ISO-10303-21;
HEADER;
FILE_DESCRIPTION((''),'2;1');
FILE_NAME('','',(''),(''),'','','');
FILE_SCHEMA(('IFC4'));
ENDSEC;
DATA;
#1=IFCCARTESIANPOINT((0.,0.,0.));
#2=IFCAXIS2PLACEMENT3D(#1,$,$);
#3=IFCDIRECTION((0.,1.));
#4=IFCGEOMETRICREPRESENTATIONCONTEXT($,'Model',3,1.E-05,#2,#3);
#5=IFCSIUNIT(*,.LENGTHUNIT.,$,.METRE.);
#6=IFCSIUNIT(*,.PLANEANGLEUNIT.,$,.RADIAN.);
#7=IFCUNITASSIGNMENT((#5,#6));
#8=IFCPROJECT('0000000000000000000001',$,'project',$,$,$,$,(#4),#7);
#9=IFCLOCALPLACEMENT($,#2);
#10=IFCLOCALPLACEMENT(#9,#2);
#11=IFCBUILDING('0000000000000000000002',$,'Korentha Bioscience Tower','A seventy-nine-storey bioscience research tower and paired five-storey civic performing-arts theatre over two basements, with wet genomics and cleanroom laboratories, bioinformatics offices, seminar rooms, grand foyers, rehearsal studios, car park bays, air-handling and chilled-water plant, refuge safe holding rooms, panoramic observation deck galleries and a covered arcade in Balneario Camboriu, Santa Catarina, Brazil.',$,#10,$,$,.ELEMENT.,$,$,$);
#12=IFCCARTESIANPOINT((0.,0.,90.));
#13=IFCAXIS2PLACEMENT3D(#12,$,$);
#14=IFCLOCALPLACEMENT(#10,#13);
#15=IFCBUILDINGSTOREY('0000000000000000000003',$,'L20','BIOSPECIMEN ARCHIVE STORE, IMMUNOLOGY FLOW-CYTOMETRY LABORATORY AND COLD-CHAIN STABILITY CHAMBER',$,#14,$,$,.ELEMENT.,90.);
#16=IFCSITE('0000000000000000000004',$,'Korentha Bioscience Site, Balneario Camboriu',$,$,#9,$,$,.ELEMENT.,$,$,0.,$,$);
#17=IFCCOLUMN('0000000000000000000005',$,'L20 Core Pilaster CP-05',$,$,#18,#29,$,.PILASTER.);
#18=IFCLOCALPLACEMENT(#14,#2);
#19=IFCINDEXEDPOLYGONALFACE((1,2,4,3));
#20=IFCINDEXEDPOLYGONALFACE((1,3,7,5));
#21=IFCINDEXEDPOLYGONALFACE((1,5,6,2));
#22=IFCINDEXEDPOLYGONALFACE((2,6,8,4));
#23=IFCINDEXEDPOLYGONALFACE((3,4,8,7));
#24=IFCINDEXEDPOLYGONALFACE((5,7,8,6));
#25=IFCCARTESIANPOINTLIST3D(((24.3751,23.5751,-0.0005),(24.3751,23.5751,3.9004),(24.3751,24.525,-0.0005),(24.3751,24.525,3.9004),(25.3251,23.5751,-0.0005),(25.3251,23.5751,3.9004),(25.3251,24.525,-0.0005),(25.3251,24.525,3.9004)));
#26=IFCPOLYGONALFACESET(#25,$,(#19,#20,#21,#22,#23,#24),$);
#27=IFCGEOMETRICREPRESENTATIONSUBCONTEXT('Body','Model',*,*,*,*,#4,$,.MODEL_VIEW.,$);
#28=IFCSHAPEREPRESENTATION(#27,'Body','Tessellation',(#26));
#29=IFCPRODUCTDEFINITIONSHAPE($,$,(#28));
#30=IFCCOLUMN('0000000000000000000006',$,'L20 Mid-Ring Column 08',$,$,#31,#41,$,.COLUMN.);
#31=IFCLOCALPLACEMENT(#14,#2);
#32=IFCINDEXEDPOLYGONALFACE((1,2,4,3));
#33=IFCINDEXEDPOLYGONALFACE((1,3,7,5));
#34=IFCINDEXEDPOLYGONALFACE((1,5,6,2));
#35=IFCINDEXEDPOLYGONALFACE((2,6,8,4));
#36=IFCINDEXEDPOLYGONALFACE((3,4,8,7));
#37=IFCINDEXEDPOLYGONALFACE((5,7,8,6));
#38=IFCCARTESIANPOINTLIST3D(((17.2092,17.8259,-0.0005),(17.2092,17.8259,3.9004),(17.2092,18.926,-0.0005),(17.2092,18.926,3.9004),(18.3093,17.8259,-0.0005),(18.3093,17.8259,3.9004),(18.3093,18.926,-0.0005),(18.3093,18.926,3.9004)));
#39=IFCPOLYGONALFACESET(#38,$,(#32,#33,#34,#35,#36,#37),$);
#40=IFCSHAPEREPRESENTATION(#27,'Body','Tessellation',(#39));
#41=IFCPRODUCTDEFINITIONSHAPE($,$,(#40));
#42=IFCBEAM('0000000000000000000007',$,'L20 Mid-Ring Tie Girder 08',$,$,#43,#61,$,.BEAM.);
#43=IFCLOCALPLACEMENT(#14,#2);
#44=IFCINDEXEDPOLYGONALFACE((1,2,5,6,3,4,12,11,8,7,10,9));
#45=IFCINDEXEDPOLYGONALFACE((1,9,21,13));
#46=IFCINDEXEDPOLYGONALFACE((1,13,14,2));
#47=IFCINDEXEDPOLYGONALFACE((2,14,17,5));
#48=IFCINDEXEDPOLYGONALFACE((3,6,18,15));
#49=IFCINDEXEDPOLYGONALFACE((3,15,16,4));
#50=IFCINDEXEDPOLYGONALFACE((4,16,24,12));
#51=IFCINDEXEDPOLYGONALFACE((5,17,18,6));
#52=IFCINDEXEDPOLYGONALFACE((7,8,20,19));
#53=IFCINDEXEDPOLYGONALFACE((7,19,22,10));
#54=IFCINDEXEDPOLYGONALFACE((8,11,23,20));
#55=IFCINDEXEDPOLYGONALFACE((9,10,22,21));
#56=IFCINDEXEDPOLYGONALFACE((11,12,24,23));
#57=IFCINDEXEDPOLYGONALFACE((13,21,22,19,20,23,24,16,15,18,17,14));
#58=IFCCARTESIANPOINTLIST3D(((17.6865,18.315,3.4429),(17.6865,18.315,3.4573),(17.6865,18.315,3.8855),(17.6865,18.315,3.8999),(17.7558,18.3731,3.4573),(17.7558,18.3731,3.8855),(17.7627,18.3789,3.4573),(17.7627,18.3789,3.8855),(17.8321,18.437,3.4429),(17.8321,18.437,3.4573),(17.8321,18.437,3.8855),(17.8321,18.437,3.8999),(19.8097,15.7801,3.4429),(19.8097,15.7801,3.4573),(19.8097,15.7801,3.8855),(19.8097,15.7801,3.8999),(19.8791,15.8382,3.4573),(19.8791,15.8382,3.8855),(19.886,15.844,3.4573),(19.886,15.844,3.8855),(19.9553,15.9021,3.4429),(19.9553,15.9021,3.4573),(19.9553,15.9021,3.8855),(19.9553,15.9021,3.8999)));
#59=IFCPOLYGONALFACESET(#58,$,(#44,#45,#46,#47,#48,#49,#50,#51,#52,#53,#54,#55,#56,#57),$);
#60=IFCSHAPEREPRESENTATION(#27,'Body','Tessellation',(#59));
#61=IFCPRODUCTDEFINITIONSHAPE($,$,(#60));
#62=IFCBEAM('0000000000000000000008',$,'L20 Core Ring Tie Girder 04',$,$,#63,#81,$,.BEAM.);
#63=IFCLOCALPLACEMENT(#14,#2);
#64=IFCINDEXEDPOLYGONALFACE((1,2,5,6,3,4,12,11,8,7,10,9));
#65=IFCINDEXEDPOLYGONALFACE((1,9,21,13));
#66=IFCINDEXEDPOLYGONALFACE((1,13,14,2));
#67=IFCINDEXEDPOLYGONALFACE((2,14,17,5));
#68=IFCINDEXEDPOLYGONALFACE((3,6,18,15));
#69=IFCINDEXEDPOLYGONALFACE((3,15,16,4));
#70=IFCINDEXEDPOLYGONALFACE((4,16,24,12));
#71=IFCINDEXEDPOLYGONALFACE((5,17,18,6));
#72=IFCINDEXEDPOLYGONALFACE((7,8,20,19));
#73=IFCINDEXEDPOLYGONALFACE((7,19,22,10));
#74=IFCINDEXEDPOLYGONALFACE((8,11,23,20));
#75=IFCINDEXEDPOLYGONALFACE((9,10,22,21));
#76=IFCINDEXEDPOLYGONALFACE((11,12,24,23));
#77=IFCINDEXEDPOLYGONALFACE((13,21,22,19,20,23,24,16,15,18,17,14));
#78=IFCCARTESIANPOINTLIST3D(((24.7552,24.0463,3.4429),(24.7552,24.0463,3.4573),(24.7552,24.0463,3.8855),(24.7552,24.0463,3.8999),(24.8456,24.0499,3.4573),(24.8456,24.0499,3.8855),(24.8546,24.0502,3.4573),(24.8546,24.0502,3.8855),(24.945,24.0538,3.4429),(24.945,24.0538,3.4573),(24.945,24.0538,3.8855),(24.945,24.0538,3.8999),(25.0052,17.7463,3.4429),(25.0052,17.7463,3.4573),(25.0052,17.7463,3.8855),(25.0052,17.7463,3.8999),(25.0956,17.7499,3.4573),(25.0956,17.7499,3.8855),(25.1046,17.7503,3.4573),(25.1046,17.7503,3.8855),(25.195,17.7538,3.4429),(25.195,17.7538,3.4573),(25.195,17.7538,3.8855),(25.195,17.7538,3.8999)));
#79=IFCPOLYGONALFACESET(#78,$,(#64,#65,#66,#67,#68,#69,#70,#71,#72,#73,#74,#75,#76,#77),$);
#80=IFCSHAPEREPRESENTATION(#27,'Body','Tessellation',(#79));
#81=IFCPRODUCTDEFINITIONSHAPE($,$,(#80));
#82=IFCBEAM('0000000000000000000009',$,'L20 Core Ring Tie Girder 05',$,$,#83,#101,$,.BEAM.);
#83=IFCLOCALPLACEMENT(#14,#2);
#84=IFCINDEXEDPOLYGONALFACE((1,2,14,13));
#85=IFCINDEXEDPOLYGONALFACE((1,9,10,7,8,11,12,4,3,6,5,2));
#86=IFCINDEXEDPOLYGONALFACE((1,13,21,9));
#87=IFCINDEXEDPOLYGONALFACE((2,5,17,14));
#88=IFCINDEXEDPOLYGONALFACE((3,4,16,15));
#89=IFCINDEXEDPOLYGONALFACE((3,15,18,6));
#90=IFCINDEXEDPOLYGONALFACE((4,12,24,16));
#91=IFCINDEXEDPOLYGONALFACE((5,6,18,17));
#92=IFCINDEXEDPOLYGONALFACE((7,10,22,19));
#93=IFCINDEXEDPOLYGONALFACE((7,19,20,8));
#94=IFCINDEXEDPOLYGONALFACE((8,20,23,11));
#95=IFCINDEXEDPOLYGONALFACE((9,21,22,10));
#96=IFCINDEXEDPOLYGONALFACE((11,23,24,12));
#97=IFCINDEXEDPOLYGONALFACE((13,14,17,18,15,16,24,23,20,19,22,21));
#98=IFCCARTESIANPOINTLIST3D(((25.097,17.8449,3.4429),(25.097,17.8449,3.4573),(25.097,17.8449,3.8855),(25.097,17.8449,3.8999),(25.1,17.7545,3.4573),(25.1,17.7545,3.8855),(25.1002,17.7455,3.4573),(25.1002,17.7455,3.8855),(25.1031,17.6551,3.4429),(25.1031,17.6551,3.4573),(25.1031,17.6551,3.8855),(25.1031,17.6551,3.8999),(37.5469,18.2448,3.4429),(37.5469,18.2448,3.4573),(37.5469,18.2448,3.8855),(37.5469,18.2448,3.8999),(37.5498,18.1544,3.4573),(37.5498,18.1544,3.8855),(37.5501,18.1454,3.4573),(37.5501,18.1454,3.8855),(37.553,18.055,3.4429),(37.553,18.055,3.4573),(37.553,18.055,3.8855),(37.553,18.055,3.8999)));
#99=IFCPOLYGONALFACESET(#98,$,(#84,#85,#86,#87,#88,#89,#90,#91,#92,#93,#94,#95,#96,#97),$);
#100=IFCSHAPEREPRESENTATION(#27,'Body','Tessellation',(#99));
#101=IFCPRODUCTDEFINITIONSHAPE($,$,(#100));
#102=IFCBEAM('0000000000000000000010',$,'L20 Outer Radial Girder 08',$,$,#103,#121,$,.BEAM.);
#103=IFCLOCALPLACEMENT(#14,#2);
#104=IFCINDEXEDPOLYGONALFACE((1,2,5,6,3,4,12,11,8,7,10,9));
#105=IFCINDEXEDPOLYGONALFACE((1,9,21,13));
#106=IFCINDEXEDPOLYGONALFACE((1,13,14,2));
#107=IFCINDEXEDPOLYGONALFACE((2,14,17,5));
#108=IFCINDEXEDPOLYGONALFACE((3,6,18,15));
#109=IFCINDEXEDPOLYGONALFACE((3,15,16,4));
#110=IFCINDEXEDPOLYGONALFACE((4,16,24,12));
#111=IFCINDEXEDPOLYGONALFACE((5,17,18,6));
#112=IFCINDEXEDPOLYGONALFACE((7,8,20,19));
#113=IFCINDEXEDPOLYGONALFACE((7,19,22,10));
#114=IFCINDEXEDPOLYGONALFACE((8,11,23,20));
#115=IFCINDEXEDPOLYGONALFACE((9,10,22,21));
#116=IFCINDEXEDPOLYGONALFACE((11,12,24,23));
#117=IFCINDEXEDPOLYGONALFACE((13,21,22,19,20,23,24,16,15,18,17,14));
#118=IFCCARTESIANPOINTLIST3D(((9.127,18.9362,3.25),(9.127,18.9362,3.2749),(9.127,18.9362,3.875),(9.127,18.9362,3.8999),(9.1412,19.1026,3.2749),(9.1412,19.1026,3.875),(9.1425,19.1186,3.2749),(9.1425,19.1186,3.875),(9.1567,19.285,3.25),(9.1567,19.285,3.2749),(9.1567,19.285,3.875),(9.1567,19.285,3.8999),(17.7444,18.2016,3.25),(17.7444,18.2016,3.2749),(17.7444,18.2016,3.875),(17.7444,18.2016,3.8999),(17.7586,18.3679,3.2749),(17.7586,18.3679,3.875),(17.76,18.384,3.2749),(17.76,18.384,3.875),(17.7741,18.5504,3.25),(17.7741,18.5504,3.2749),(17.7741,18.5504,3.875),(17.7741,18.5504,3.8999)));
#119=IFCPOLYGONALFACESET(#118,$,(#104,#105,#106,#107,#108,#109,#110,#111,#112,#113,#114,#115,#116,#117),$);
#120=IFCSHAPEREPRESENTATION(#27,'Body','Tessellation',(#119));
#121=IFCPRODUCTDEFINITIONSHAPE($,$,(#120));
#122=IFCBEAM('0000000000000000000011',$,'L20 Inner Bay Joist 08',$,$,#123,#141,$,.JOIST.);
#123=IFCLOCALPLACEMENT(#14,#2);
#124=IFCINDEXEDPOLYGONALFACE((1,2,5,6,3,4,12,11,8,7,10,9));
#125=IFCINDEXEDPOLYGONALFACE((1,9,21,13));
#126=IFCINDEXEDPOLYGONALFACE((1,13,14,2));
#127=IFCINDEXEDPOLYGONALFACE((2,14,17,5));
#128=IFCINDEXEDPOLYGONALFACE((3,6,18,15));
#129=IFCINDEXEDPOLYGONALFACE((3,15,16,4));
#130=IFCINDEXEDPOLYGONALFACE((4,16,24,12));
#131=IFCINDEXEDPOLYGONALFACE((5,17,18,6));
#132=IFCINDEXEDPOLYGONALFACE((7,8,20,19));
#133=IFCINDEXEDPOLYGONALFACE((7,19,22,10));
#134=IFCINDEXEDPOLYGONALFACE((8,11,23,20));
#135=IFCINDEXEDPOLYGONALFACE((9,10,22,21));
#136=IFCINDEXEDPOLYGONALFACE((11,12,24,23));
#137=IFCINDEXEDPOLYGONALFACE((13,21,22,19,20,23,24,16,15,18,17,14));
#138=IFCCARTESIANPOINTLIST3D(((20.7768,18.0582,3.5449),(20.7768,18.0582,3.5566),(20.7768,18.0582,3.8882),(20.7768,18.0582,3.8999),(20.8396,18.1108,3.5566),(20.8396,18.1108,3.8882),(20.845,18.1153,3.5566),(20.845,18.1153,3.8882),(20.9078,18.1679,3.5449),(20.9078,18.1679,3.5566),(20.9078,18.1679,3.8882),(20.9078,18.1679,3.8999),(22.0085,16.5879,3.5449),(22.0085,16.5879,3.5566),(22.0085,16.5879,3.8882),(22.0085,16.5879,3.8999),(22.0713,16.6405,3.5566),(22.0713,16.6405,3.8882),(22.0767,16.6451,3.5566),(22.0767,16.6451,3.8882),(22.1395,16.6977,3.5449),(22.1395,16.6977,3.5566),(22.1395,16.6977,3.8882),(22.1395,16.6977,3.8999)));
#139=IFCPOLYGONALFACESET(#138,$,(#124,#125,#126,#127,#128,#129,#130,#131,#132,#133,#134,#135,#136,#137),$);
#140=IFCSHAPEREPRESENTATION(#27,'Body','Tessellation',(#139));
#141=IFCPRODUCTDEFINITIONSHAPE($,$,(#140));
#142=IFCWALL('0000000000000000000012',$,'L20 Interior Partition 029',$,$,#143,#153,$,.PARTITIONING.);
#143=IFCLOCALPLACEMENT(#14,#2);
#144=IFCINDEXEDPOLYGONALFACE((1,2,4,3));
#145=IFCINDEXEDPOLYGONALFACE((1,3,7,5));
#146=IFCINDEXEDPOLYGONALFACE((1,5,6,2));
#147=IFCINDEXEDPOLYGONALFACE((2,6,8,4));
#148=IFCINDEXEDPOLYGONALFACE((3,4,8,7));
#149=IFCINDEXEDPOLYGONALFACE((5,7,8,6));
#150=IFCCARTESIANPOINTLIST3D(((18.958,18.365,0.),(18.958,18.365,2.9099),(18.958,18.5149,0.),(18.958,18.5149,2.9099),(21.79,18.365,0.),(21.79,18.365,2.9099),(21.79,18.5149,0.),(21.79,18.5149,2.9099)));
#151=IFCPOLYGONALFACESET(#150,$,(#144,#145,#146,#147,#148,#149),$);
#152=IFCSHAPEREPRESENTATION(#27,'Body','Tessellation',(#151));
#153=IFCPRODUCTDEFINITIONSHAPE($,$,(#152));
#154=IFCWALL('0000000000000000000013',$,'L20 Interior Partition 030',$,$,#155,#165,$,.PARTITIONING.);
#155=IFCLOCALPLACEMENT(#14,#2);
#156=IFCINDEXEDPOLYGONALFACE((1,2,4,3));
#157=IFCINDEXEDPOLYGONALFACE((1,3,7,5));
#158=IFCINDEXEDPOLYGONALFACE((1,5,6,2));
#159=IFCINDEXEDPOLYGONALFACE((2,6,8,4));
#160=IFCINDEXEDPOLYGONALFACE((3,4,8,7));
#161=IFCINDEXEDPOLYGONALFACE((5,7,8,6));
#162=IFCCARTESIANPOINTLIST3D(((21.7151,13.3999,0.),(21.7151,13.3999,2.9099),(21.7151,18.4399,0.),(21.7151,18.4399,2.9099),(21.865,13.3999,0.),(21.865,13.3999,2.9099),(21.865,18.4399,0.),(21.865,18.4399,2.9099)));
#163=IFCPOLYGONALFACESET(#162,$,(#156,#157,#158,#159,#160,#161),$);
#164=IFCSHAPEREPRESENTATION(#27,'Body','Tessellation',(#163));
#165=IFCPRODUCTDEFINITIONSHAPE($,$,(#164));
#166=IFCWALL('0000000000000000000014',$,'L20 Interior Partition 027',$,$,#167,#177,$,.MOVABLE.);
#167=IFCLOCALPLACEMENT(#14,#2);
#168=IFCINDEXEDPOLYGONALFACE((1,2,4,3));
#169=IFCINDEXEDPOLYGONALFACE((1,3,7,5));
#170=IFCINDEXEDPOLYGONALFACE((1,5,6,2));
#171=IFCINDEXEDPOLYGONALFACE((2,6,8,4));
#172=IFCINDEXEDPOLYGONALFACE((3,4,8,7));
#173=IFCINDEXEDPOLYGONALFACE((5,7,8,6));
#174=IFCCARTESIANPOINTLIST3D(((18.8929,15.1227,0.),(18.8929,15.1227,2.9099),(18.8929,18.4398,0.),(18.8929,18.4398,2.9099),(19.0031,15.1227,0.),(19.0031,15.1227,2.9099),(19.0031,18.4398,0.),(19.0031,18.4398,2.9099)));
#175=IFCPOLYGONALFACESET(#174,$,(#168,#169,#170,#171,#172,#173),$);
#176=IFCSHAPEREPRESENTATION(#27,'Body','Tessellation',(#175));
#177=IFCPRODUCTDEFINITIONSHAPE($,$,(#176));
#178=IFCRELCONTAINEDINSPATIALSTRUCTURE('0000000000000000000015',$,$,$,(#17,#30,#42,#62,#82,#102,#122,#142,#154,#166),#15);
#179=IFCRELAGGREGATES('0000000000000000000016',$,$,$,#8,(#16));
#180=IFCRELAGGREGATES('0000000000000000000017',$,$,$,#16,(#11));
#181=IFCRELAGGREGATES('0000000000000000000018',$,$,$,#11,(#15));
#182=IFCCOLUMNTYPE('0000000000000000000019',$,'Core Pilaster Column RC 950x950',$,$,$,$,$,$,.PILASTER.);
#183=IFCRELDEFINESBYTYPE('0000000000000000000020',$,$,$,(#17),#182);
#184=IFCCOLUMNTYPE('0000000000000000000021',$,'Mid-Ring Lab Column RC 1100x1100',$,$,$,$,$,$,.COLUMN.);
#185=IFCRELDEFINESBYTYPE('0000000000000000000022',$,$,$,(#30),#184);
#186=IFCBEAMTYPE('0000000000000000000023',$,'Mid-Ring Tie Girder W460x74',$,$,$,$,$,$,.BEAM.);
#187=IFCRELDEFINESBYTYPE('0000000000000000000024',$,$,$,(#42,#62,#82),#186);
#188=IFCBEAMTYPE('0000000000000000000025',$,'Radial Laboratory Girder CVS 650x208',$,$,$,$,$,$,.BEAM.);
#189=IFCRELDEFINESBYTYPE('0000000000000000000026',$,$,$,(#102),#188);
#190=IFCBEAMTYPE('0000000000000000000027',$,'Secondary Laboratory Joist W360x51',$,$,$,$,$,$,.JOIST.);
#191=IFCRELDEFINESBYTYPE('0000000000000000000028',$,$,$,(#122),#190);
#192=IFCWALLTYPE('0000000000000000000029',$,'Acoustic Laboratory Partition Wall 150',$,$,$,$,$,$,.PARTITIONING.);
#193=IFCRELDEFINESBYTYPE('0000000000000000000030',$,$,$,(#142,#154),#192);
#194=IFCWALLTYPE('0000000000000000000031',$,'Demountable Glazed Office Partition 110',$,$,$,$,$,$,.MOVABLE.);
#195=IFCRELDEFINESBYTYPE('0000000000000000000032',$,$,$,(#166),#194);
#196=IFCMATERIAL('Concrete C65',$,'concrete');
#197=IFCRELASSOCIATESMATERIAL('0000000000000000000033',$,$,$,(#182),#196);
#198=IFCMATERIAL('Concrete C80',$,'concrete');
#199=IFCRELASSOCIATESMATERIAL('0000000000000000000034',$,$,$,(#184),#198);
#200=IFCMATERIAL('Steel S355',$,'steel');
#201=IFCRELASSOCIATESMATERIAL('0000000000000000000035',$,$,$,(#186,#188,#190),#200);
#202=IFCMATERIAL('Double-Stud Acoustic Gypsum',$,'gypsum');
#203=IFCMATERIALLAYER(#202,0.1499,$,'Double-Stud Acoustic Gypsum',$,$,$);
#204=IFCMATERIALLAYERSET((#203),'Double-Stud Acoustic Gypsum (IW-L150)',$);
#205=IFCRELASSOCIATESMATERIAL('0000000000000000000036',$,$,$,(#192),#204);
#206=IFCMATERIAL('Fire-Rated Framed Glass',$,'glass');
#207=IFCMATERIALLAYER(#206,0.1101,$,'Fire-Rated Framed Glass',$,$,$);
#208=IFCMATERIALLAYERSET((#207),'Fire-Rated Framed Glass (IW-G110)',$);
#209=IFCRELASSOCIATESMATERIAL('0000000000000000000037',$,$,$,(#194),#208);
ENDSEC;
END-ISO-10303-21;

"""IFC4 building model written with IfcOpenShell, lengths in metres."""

from ifc_helpers import new_model, si_unit, direction, frame, frame_2d, origin, origin_2d, place, context, subcontext, project, spatial, rectangle, i_section, extrude, material, layer, layer_set, material_profile, profile_set, type_object, element, save


model = new_model("IFC4")

# Units and contexts
model_context = context("Model", 3, precision=1e-05, world=origin(), true_north=direction((0.0, 1.0)))
body_context = subcontext(model_context, "Body", "Model", "MODEL_VIEW")
ifc_project = project(units=[si_unit("LENGTHUNIT", "METRE"), si_unit("PLANEANGLEUNIT", "RADIAN")], contexts=[model_context])

# Site, building, storey
site_placement = place(None, origin())
site = spatial("IfcSite", under=ifc_project, at=site_placement, Name="Korentha Bioscience Site, Balneario Camboriu", CompositionType="ELEMENT", RefElevation=0.0)
building_placement = place(site_placement, origin())
building = spatial("IfcBuilding", under=site, at=building_placement, Name="Korentha Bioscience Tower", Description="A seventy-nine-storey bioscience research tower and paired five-storey civic performing-arts theatre over two basements, with wet genomics and cleanroom laboratories, bioinformatics offices, seminar rooms, grand foyers, rehearsal studios, car park bays, air-handling and chilled-water plant, refuge safe holding rooms, panoramic observation deck galleries and a covered arcade in Balneario Camboriu, Santa Catarina, Brazil.", CompositionType="ELEMENT")
storey_placement = place(building_placement, frame((0.0, 0.0, 90.0)))
storey = spatial("IfcBuildingStorey", under=building, at=storey_placement, Name="L20", Description="BIOSPECIMEN ARCHIVE STORE, IMMUNOLOGY FLOW-CYTOMETRY LABORATORY AND COLD-CHAIN STABILITY CHAMBER", CompositionType="ELEMENT", Elevation=90.0)

# Columns
ifc_material_1 = material(Name="Concrete C65", Category="concrete")
ifc_material_profile_1 = material_profile(ifc_material_1, rectangle(XDim=0.95, YDim=0.95, at=origin_2d()), Name="Concrete C65")
ifc_profile_set_1 = profile_set([ifc_material_profile_1], Name="Concrete C65 (COL-CP09)")
column_type_1 = type_object("IfcColumnType", Name="Core Pilaster Column RC 950x950", PredefinedType="PILASTER", material=ifc_profile_set_1)
column_1_placement = place(storey_placement, frame((24.8501, 24.05, -0.0005), z_axis=(0.0, 0.0, 1.0), x_axis=(1.0, 0.0, 0.0)))
element("IfcColumn", 1, at=column_1_placement, inside=storey, type_object=column_type_1, Name="L20 Core Pilaster CP-05", PredefinedType="PILASTER", context=body_context, shape_type="SweptSolid", body=[
    extrude(rectangle(XDim=0.95, YDim=0.95, at=origin_2d()), origin(), (0.0, 0.0, 1.0), 3.9009),
])
ifc_material_2 = material(Name="Concrete C80", Category="concrete")
ifc_material_profile_2 = material_profile(ifc_material_2, rectangle(XDim=1.1001, YDim=1.1001, at=origin_2d()), Name="Concrete C80")
ifc_profile_set_2 = profile_set([ifc_material_profile_2], Name="Concrete C80 (COL-MR11)")
column_type_2 = type_object("IfcColumnType", Name="Mid-Ring Lab Column RC 1100x1100", PredefinedType="COLUMN", material=ifc_profile_set_2)
column_2_placement = place(storey_placement, frame((17.7593, 18.376, -0.0005), z_axis=(0.0, 0.0, 1.0), x_axis=(1.0, 0.0, 0.0)))
element("IfcColumn", 2, at=column_2_placement, inside=storey, type_object=column_type_2, Name="L20 Mid-Ring Column 08", PredefinedType="COLUMN", context=body_context, shape_type="SweptSolid", body=[
    extrude(rectangle(XDim=1.1001, YDim=1.1001, at=origin_2d()), origin(), (0.0, 0.0, 1.0), 3.9009),
])

# Beams
ifc_material_3 = material(Name="Steel S355", Category="steel")
ifc_material_profile_3 = material_profile(ifc_material_3, i_section(OverallWidth=0.1899, OverallDepth=0.457, WebThickness=0.009, FlangeThickness=0.0144, at=origin_2d()), Name="Steel S355")
ifc_profile_set_3 = profile_set([ifc_material_profile_3], Name="Steel S355 (MB-460)")
beam_type_1 = type_object("IfcBeamType", Name="Mid-Ring Tie Girder W460x74", PredefinedType="BEAM", material=ifc_profile_set_3)
beam_1_placement = place(storey_placement, frame((17.7593, 18.376, 3.6714), z_axis=(0.642121, -0.766603, 0.0), x_axis=(0.766603, 0.642121, 0.0)))
element("IfcBeam", 3, at=beam_1_placement, inside=storey, type_object=beam_type_1, Name="L20 Mid-Ring Tie Girder 08", PredefinedType="BEAM", context=body_context, shape_type="SweptSolid", body=[
    extrude(i_section(OverallWidth=0.1899, OverallDepth=0.457, WebThickness=0.009, FlangeThickness=0.0144, at=origin_2d()), origin(), (0.0, 0.0, 1.0), 3.3066),
])
beam_2_placement = place(storey_placement, frame((24.8501, 24.05, 3.6714), z_axis=(0.039651, -0.999214, 0.0), x_axis=(0.999214, 0.039651, 0.0)))
element("IfcBeam", 4, at=beam_2_placement, inside=storey, type_object=beam_type_1, Name="L20 Core Ring Tie Girder 04", PredefinedType="BEAM", context=body_context, shape_type="SweptSolid", body=[
    extrude(i_section(OverallWidth=0.1899, OverallDepth=0.457, WebThickness=0.009, FlangeThickness=0.0144, at=origin_2d()), origin(), (0.0, 0.0, 1.0), 6.3049),
])
beam_3_placement = place(storey_placement, frame((25.1001, 17.75, 3.6714), z_axis=(0.999485, 0.032104, 0.0), x_axis=(-0.032104, 0.999485, 0.0)))
element("IfcBeam", 5, at=beam_3_placement, inside=storey, type_object=beam_type_1, Name="L20 Core Ring Tie Girder 05", PredefinedType="BEAM", context=body_context, shape_type="SweptSolid", body=[
    extrude(i_section(OverallWidth=0.1899, OverallDepth=0.457, WebThickness=0.009, FlangeThickness=0.0144, at=origin_2d()), origin(), (0.0, 0.0, 1.0), 12.4563),
])
ifc_material_profile_4 = material_profile(ifc_material_3, i_section(OverallWidth=0.3501, OverallDepth=0.6499, WebThickness=0.0161, FlangeThickness=0.0249, at=origin_2d()), Name="Steel S355")
ifc_profile_set_4 = profile_set([ifc_material_profile_4], Name="Steel S355 (RB-650)")
beam_type_2 = type_object("IfcBeamType", Name="Radial Laboratory Girder CVS 650x208", PredefinedType="BEAM", material=ifc_profile_set_4)
beam_4_placement = place(storey_placement, frame((17.7593, 18.376, 3.575), z_axis=(-0.996386, 0.08494, 0.0), x_axis=(-0.08494, -0.996386, 0.0)))
element("IfcBeam", 6, at=beam_4_placement, inside=storey, type_object=beam_type_2, Name="L20 Outer Radial Girder 08", PredefinedType="BEAM", context=body_context, shape_type="SweptSolid", body=[
    extrude(i_section(OverallWidth=0.3501, OverallDepth=0.6499, WebThickness=0.0161, FlangeThickness=0.0249, at=origin_2d()), origin(), (0.0, 0.0, 1.0), 8.6487),
])
ifc_material_profile_5 = material_profile(ifc_material_3, i_section(OverallWidth=0.1709, OverallDepth=0.355, WebThickness=0.0071, FlangeThickness=0.0117, at=origin_2d()), Name="Steel S355")
ifc_profile_set_5 = profile_set([ifc_material_profile_5], Name="Steel S355 (JB-360)")
beam_type_3 = type_object("IfcBeamType", Name="Secondary Laboratory Joist W360x51", PredefinedType="JOIST", material=ifc_profile_set_5)
beam_5_placement = place(storey_placement, frame((20.8423, 18.113, 3.7224), z_axis=(0.642185, -0.766549, 0.0), x_axis=(0.766549, 0.642185, 0.0)))
element("IfcBeam", 7, at=beam_5_placement, inside=storey, type_object=beam_type_3, Name="L20 Inner Bay Joist 08", PredefinedType="JOIST", context=body_context, shape_type="SweptSolid", body=[
    extrude(i_section(OverallWidth=0.1709, OverallDepth=0.355, WebThickness=0.0071, FlangeThickness=0.0117, at=origin_2d()), origin(), (0.0, 0.0, 1.0), 1.918),
])

# Walls
ifc_material_4 = material(Name="Double-Stud Acoustic Gypsum", Category="gypsum")
ifc_layer_1 = layer(ifc_material_4, 0.1499, Name="Double-Stud Acoustic Gypsum")
ifc_layer_set_1 = layer_set([ifc_layer_1], Name="Double-Stud Acoustic Gypsum (IW-L150)")
wall_type_1 = type_object("IfcWallType", Name="Acoustic Laboratory Partition Wall 150", PredefinedType="PARTITIONING", material=ifc_layer_set_1)
wall_1_placement = place(storey_placement, frame((18.958, 18.4399, 0.0), z_axis=(0.0, 0.0, 1.0), x_axis=(1.0, 0.0, 0.0)))
element("IfcWall", 8, at=wall_1_placement, inside=storey, type_object=wall_type_1, Name="L20 Interior Partition 029", PredefinedType="PARTITIONING", context=body_context, shape_type="SweptSolid", body=[
    extrude(rectangle(XDim=2.832, YDim=0.1499, at=frame_2d((1.416, 0.0))), origin(), (0.0, 0.0, 1.0), 2.9099),
])
wall_2_placement = place(storey_placement, frame((21.79, 18.4399, 0.0), z_axis=(0.0, 0.0, 1.0), x_axis=(0.0, -1.0, 0.0)))
element("IfcWall", 9, at=wall_2_placement, inside=storey, type_object=wall_type_1, Name="L20 Interior Partition 030", PredefinedType="PARTITIONING", context=body_context, shape_type="SweptSolid", body=[
    extrude(rectangle(XDim=5.04, YDim=0.1499, at=frame_2d((2.52, 0.0))), origin(), (0.0, 0.0, 1.0), 2.9099),
])
ifc_material_5 = material(Name="Fire-Rated Framed Glass", Category="glass")
ifc_layer_2 = layer(ifc_material_5, 0.1101, Name="Fire-Rated Framed Glass")
ifc_layer_set_2 = layer_set([ifc_layer_2], Name="Fire-Rated Framed Glass (IW-G110)")
wall_type_2 = type_object("IfcWallType", Name="Demountable Glazed Office Partition 110", PredefinedType="MOVABLE", material=ifc_layer_set_2)
wall_3_placement = place(storey_placement, frame((18.948, 18.4399, 0.0), z_axis=(0.0, 0.0, 1.0), x_axis=(0.0, -1.0, 0.0)))
element("IfcWall", 10, at=wall_3_placement, inside=storey, type_object=wall_type_2, Name="L20 Interior Partition 027", PredefinedType="MOVABLE", context=body_context, shape_type="SweptSolid", body=[
    extrude(rectangle(XDim=3.3171, YDim=0.1101, at=frame_2d((1.6587, 0.0))), origin(), (0.0, 0.0, 1.0), 2.9099),
])

save(model, "model.ifc")
